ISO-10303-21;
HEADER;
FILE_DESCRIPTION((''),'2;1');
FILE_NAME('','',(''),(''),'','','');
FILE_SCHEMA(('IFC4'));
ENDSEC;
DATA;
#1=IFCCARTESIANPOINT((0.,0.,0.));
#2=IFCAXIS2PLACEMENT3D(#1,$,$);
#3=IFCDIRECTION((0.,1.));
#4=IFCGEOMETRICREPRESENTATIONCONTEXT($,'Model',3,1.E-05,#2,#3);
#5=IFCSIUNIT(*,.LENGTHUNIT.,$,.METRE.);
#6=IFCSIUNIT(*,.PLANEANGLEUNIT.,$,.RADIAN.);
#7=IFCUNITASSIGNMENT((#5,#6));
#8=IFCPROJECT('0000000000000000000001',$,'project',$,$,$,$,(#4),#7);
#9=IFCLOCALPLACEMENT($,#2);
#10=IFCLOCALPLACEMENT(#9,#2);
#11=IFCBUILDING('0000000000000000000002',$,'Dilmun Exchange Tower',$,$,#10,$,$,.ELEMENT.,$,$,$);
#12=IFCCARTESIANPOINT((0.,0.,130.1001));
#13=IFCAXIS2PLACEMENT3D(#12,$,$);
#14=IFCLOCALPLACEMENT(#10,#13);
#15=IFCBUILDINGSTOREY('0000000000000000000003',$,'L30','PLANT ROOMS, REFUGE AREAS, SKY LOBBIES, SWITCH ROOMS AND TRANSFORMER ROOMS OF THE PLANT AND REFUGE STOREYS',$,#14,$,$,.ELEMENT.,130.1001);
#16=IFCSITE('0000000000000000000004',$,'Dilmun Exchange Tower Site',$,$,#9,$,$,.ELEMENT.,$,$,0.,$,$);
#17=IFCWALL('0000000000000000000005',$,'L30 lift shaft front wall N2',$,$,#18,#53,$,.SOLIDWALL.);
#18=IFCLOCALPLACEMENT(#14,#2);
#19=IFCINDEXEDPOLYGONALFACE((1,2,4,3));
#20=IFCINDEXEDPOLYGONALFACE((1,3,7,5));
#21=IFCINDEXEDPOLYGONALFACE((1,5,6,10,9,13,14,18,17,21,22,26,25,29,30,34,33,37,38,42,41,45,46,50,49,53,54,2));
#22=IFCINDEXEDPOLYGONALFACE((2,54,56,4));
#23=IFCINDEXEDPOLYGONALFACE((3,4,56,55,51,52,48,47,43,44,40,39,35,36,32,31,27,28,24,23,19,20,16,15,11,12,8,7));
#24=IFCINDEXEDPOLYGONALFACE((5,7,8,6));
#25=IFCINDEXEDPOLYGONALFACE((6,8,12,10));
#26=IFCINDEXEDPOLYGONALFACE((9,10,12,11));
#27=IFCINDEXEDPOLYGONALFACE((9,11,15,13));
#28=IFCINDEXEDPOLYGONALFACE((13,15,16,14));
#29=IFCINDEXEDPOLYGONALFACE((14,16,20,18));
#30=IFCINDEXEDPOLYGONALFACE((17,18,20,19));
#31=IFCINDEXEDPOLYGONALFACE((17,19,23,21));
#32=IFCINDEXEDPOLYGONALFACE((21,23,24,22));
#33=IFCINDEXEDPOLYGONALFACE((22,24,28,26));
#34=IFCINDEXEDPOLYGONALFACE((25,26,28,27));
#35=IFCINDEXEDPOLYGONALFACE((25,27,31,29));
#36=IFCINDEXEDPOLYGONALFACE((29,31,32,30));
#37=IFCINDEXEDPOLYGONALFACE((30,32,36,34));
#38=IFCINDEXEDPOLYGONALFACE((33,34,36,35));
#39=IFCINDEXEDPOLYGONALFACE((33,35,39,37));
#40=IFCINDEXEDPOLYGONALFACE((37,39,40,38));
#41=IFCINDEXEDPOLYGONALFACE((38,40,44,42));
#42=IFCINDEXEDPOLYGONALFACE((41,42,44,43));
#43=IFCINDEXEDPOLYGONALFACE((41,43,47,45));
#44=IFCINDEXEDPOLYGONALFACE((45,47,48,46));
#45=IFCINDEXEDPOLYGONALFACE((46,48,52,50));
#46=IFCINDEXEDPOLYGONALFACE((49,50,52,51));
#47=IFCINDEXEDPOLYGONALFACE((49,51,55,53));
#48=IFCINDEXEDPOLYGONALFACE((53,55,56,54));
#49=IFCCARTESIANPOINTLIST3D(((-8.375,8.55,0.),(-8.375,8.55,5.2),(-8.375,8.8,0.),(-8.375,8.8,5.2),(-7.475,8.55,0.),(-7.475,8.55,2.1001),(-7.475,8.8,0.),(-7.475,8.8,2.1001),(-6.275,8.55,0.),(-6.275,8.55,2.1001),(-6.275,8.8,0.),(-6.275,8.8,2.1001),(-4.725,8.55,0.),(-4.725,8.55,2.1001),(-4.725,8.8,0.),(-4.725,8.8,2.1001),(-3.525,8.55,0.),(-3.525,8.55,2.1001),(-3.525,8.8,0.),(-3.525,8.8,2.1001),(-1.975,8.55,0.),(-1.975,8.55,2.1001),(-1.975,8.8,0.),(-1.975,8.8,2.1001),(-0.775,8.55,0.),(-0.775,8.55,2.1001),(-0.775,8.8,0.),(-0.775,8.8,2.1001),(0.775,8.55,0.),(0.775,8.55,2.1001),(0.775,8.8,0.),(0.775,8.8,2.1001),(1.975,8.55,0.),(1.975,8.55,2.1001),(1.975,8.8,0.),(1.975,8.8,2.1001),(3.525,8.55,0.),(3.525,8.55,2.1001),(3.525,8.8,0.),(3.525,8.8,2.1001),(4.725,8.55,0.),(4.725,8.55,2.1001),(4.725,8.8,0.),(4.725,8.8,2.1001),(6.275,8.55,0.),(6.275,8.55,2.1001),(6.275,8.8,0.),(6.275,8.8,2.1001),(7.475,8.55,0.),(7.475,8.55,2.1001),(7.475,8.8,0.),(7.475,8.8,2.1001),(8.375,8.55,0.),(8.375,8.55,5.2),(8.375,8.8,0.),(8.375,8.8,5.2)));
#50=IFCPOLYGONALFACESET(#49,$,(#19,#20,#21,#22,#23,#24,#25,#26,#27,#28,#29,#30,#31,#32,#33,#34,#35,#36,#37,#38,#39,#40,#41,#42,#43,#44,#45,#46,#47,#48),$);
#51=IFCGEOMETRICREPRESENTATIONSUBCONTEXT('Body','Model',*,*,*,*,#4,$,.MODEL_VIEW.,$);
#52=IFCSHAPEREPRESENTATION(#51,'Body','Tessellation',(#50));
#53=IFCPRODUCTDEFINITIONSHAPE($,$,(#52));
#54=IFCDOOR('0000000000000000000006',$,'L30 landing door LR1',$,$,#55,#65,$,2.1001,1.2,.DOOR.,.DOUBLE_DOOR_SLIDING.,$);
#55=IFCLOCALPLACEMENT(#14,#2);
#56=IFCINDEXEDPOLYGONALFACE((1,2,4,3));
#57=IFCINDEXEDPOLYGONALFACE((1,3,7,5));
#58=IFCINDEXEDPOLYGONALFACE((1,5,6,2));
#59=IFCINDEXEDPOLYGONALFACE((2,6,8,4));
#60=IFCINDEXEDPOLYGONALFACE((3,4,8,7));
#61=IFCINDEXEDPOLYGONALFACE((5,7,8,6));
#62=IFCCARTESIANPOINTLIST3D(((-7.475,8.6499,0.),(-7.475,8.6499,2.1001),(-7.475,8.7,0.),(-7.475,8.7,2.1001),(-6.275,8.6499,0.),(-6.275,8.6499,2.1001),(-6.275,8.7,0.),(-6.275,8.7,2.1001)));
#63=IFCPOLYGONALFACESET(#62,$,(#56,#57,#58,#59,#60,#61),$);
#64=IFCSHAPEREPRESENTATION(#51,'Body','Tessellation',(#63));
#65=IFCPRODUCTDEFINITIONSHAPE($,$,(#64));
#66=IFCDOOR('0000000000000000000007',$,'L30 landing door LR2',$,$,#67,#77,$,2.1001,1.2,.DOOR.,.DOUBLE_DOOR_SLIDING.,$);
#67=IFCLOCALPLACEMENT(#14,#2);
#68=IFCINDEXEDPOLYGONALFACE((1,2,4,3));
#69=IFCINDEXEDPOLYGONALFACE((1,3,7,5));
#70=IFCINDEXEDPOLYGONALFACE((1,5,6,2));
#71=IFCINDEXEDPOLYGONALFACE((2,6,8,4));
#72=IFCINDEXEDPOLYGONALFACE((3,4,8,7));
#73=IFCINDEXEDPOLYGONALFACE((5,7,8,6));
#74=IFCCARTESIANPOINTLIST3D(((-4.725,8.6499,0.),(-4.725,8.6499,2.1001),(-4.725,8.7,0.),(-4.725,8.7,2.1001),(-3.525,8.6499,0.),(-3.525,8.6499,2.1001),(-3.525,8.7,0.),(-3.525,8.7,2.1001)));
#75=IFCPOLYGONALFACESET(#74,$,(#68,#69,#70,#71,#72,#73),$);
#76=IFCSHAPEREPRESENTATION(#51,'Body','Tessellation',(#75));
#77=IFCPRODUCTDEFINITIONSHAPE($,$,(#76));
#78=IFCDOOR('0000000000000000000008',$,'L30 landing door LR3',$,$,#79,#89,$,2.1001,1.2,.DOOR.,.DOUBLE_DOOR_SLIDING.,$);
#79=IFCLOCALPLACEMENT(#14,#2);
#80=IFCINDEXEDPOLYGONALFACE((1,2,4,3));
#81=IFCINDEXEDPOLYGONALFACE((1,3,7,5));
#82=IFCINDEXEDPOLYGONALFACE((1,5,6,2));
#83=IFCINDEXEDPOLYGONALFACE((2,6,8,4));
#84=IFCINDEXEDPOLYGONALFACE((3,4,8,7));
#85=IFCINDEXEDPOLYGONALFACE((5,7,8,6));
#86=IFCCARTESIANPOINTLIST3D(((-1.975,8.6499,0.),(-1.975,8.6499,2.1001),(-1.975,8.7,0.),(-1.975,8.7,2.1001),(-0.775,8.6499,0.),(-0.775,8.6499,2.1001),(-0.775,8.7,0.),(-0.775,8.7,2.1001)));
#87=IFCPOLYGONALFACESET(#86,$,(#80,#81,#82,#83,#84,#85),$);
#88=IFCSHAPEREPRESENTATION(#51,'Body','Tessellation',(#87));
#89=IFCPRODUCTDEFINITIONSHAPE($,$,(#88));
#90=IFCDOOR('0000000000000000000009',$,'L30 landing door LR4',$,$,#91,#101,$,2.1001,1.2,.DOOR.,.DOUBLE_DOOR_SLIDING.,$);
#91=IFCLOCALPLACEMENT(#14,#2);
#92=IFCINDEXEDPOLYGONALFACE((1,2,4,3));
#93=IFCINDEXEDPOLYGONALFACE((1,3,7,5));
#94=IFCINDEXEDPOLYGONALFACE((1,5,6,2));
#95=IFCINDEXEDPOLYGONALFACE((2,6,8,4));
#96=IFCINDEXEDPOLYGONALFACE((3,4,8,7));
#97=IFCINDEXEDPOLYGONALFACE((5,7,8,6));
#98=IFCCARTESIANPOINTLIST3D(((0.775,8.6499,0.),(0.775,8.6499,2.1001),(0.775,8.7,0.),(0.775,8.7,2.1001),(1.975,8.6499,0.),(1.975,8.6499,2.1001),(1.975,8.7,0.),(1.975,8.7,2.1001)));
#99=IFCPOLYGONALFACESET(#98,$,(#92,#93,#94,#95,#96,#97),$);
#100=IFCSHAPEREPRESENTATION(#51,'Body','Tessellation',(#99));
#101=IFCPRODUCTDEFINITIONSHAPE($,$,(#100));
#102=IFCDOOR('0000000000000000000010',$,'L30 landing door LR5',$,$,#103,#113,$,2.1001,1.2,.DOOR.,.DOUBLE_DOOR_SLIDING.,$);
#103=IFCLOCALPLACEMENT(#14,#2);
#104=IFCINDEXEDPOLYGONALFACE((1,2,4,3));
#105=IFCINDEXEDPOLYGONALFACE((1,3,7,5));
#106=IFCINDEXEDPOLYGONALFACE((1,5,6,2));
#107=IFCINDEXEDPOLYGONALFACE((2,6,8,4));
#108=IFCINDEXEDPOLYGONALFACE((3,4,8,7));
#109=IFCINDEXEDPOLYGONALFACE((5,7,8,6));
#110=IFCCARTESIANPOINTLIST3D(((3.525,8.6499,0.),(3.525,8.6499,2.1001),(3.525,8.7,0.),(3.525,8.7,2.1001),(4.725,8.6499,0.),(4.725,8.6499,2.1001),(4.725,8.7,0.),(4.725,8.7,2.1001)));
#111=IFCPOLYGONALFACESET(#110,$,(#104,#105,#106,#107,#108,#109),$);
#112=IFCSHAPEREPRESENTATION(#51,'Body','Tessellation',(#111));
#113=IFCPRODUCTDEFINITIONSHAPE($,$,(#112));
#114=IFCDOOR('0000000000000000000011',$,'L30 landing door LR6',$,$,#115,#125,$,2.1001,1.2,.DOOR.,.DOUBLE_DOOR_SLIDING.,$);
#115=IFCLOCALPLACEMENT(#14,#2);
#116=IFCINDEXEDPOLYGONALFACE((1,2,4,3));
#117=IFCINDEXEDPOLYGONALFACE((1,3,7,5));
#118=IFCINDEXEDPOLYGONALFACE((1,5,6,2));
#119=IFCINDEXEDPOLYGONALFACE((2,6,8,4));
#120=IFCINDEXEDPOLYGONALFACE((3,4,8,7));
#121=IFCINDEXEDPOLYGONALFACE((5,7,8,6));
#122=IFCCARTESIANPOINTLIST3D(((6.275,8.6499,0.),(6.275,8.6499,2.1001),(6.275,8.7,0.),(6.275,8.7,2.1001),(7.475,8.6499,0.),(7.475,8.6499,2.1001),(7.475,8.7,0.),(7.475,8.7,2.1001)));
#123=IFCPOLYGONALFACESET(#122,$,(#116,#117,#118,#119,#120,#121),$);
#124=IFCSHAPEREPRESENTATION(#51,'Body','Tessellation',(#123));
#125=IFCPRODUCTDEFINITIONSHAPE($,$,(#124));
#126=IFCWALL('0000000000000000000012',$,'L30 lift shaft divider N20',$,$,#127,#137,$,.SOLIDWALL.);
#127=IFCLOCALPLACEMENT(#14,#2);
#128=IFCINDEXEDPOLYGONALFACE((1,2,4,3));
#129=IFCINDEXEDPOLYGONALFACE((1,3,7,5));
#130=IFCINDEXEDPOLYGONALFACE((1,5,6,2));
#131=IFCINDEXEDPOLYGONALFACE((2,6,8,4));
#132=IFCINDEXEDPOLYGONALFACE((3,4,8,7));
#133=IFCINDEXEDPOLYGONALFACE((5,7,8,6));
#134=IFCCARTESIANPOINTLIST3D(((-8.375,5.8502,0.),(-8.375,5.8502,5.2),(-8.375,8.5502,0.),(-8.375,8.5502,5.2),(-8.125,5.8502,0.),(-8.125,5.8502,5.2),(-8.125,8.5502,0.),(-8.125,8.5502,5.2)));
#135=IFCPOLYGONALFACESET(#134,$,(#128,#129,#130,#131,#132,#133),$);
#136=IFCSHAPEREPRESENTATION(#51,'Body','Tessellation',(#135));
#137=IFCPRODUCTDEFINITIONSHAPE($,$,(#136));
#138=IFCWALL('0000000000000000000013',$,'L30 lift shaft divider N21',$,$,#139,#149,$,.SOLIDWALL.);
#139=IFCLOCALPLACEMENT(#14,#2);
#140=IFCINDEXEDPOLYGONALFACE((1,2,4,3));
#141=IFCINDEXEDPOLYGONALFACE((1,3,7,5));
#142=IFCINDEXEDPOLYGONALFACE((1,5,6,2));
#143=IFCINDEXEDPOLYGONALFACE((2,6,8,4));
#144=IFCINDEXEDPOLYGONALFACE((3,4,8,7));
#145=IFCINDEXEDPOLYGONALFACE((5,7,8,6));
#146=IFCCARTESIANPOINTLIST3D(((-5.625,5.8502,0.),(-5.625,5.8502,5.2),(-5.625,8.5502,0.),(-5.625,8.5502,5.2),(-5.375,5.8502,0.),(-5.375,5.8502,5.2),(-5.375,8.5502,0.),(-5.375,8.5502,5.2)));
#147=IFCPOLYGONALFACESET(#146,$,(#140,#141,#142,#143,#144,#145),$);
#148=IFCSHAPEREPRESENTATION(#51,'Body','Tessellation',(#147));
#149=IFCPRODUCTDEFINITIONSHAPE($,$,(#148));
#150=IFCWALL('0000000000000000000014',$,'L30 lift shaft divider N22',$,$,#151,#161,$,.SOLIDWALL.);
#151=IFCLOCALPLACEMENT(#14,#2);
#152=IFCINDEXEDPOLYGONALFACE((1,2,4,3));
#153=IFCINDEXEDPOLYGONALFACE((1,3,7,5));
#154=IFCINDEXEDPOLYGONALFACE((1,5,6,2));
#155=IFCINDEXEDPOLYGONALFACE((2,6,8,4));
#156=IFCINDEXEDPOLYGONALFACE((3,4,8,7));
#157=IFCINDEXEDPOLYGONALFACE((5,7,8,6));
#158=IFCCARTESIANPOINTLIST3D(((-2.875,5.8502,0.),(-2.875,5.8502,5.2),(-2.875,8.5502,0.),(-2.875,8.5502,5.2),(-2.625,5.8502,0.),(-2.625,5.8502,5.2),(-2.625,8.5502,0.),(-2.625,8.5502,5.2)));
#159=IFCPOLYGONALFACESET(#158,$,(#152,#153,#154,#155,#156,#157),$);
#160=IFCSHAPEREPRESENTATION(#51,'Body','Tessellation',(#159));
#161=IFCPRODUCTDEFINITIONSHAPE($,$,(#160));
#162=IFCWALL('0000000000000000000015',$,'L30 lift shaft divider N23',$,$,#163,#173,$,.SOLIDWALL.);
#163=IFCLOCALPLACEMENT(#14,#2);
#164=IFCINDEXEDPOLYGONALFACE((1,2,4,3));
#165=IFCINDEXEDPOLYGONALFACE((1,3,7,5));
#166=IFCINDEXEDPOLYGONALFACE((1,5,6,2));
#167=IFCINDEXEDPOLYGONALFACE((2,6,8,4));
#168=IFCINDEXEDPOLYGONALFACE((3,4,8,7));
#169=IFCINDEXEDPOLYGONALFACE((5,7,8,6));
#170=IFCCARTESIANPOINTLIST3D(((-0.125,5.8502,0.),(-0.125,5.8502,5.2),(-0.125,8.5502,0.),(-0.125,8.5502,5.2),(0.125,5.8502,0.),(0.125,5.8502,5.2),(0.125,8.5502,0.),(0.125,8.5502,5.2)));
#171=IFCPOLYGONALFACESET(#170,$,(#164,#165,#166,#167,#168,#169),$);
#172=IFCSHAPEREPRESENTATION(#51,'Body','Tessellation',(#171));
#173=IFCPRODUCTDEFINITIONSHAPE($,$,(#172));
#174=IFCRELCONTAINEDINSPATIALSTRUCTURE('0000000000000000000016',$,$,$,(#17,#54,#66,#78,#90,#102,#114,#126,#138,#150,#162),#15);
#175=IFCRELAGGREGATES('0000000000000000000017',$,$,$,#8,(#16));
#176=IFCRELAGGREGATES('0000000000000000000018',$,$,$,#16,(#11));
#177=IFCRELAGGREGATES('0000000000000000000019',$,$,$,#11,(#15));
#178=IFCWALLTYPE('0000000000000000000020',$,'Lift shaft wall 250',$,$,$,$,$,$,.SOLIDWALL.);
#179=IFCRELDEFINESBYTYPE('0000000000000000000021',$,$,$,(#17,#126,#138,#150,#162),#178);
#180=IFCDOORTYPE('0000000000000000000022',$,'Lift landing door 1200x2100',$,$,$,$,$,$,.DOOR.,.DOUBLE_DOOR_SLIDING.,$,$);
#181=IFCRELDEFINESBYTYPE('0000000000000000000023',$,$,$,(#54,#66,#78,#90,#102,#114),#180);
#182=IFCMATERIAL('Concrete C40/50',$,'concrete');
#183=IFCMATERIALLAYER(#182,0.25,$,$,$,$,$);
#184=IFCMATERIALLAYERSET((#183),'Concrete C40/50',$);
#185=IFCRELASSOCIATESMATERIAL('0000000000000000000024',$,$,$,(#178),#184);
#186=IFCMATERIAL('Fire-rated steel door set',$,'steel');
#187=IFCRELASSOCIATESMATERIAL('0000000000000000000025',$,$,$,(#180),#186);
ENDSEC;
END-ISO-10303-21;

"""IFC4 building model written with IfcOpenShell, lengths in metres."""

from ifc_helpers import new_model, si_unit, direction, frame, frame_2d, origin, place, context, subcontext, project, spatial, rectangle, extrude, material, layer, layer_set, type_object, element, fill, save


model = new_model("IFC4")

# Units and contexts
model_context = context("Model", 3, precision=1e-05, world=origin(), true_north=direction((0.0, 1.0)))
body_context = subcontext(model_context, "Body", "Model", "MODEL_VIEW")
ifc_project = project(units=[si_unit("LENGTHUNIT", "METRE"), si_unit("PLANEANGLEUNIT", "RADIAN")], contexts=[model_context])

# Site, building, storey
site_placement = place(None, origin())
site = spatial("IfcSite", under=ifc_project, at=site_placement, Name="Dilmun Exchange Tower Site", CompositionType="ELEMENT", RefElevation=0.0)
building_placement = place(site_placement, origin())
building = spatial("IfcBuilding", under=site, at=building_placement, Name="Dilmun Exchange Tower", CompositionType="ELEMENT")
storey_placement = place(building_placement, frame((0.0, 0.0, 130.1001)))
storey = spatial("IfcBuildingStorey", under=building, at=storey_placement, Name="L30", Description="PLANT ROOMS, REFUGE AREAS, SKY LOBBIES, SWITCH ROOMS AND TRANSFORMER ROOMS OF THE PLANT AND REFUGE STOREYS", CompositionType="ELEMENT", Elevation=130.1001)

# Shared definitions
ifc_material_1 = material(Name="Concrete C40/50", Category="concrete")
ifc_material_2 = material(Name="Fire-rated steel door set", Category="steel")

# Wall, openings, doors
ifc_layer_1 = layer(ifc_material_1, 0.25)
ifc_layer_set_1 = layer_set([ifc_layer_1], Name="Concrete C40/50")
wall_type_1 = type_object("IfcWallType", Name="Lift shaft wall 250", PredefinedType="SOLIDWALL", material=ifc_layer_set_1)
wall_1_placement = place(storey_placement, frame((-8.375, 8.675, 0.0), z_axis=(0.0, 0.0, 1.0), x_axis=(1.0, 0.0, 0.0)))
wall_1 = element("IfcWall", 1, at=wall_1_placement, inside=storey, type_object=wall_type_1, Name="L30 lift shaft front wall N2", PredefinedType="SOLIDWALL", context=body_context, shape_type="SweptSolid", body=[
    extrude(rectangle(XDim=16.75, YDim=0.25, at=frame_2d((8.375, 0.0))), origin(), (0.0, 0.0, 1.0), 5.2),
])
opening_1_placement = place(wall_1_placement, frame((0.8999, 0.0, 0.0)))
opening_1 = element("IfcOpeningElement", 2, at=opening_1_placement, cuts=wall_1, PredefinedType="OPENING", context=body_context, shape_type="SweptSolid", body=[
    extrude(rectangle(XDim=1.2, YDim=2.1001, at=frame_2d((0.6001, 1.05))), frame((0.0, 0.135, 0.0), z_axis=(0.0, -1.0, 0.0), x_axis=(1.0, 0.0, 0.0)), (0.0, 0.0, 1.0), 0.27),
])
opening_2_placement = place(wall_1_placement, frame((3.6499, 0.0, 0.0)))
opening_2 = element("IfcOpeningElement", 3, at=opening_2_placement, cuts=wall_1, PredefinedType="OPENING", context=body_context, shape_type="SweptSolid", body=[
    extrude(rectangle(XDim=1.2, YDim=2.1001, at=frame_2d((0.6001, 1.05))), frame((0.0, 0.135, 0.0), z_axis=(0.0, -1.0, 0.0), x_axis=(1.0, 0.0, 0.0)), (0.0, 0.0, 1.0), 0.27),
])
opening_3_placement = place(wall_1_placement, frame((6.3999, 0.0, 0.0)))
opening_3 = element("IfcOpeningElement", 4, at=opening_3_placement, cuts=wall_1, PredefinedType="OPENING", context=body_context, shape_type="SweptSolid", body=[
    extrude(rectangle(XDim=1.2, YDim=2.1001, at=frame_2d((0.6001, 1.05))), frame((0.0, 0.135, 0.0), z_axis=(0.0, -1.0, 0.0), x_axis=(1.0, 0.0, 0.0)), (0.0, 0.0, 1.0), 0.27),
])
opening_4_placement = place(wall_1_placement, frame((9.1499, 0.0, 0.0)))
opening_4 = element("IfcOpeningElement", 5, at=opening_4_placement, cuts=wall_1, PredefinedType="OPENING", context=body_context, shape_type="SweptSolid", body=[
    extrude(rectangle(XDim=1.2, YDim=2.1001, at=frame_2d((0.6001, 1.05))), frame((0.0, 0.135, 0.0), z_axis=(0.0, -1.0, 0.0), x_axis=(1.0, 0.0, 0.0)), (0.0, 0.0, 1.0), 0.27),
])
opening_5_placement = place(wall_1_placement, frame((11.8999, 0.0, 0.0)))
opening_5 = element("IfcOpeningElement", 6, at=opening_5_placement, cuts=wall_1, PredefinedType="OPENING", context=body_context, shape_type="SweptSolid", body=[
    extrude(rectangle(XDim=1.2, YDim=2.1001, at=frame_2d((0.6001, 1.05))), frame((0.0, 0.135, 0.0), z_axis=(0.0, -1.0, 0.0), x_axis=(1.0, 0.0, 0.0)), (0.0, 0.0, 1.0), 0.27),
])
opening_6_placement = place(wall_1_placement, frame((14.6499, 0.0, 0.0)))
opening_6 = element("IfcOpeningElement", 7, at=opening_6_placement, cuts=wall_1, PredefinedType="OPENING", context=body_context, shape_type="SweptSolid", body=[
    extrude(rectangle(XDim=1.2, YDim=2.1001, at=frame_2d((0.6001, 1.05))), frame((0.0, 0.135, 0.0), z_axis=(0.0, -1.0, 0.0), x_axis=(1.0, 0.0, 0.0)), (0.0, 0.0, 1.0), 0.27),
])
door_type_1 = type_object("IfcDoorType", Name="Lift landing door 1200x2100", OperationType="DOUBLE_DOOR_SLIDING", PredefinedType="DOOR", material=ifc_material_2)
door_1_placement = place(opening_1_placement, origin())
door_1 = element("IfcDoor", 8, at=door_1_placement, inside=storey, type_object=door_type_1, Name="L30 landing door LR1", OperationType="DOUBLE_DOOR_SLIDING", OverallHeight=2.1001, OverallWidth=1.2, PredefinedType="DOOR", context=body_context, shape_type="SweptSolid", body=[
    extrude(rectangle(XDim=1.2, YDim=2.1001, at=frame_2d((0.6001, 1.05))), frame((0.0, 0.0249, 0.0), z_axis=(0.0, -1.0, 0.0), x_axis=(1.0, 0.0, 0.0)), (0.0, 0.0, 1.0), 0.05),
])
fill(opening_1, door_1)
door_2_placement = place(opening_2_placement, origin())
door_2 = element("IfcDoor", 9, at=door_2_placement, inside=storey, type_object=door_type_1, Name="L30 landing door LR2", OperationType="DOUBLE_DOOR_SLIDING", OverallHeight=2.1001, OverallWidth=1.2, PredefinedType="DOOR", context=body_context, shape_type="SweptSolid", body=[
    extrude(rectangle(XDim=1.2, YDim=2.1001, at=frame_2d((0.6001, 1.05))), frame((0.0, 0.0249, 0.0), z_axis=(0.0, -1.0, 0.0), x_axis=(1.0, 0.0, 0.0)), (0.0, 0.0, 1.0), 0.05),
])
fill(opening_2, door_2)
door_3_placement = place(opening_3_placement, origin())
door_3 = element("IfcDoor", 10, at=door_3_placement, inside=storey, type_object=door_type_1, Name="L30 landing door LR3", OperationType="DOUBLE_DOOR_SLIDING", OverallHeight=2.1001, OverallWidth=1.2, PredefinedType="DOOR", context=body_context, shape_type="SweptSolid", body=[
    extrude(rectangle(XDim=1.2, YDim=2.1001, at=frame_2d((0.6001, 1.05))), frame((0.0, 0.0249, 0.0), z_axis=(0.0, -1.0, 0.0), x_axis=(1.0, 0.0, 0.0)), (0.0, 0.0, 1.0), 0.05),
])
fill(opening_3, door_3)
door_4_placement = place(opening_4_placement, origin())
door_4 = element("IfcDoor", 11, at=door_4_placement, inside=storey, type_object=door_type_1, Name="L30 landing door LR4", OperationType="DOUBLE_DOOR_SLIDING", OverallHeight=2.1001, OverallWidth=1.2, PredefinedType="DOOR", context=body_context, shape_type="SweptSolid", body=[
    extrude(rectangle(XDim=1.2, YDim=2.1001, at=frame_2d((0.6001, 1.05))), frame((0.0, 0.0249, 0.0), z_axis=(0.0, -1.0, 0.0), x_axis=(1.0, 0.0, 0.0)), (0.0, 0.0, 1.0), 0.05),
])
fill(opening_4, door_4)
door_5_placement = place(opening_5_placement, origin())
door_5 = element("IfcDoor", 12, at=door_5_placement, inside=storey, type_object=door_type_1, Name="L30 landing door LR5", OperationType="DOUBLE_DOOR_SLIDING", OverallHeight=2.1001, OverallWidth=1.2, PredefinedType="DOOR", context=body_context, shape_type="SweptSolid", body=[
    extrude(rectangle(XDim=1.2, YDim=2.1001, at=frame_2d((0.6001, 1.05))), frame((0.0, 0.0249, 0.0), z_axis=(0.0, -1.0, 0.0), x_axis=(1.0, 0.0, 0.0)), (0.0, 0.0, 1.0), 0.05),
])
fill(opening_5, door_5)
door_6_placement = place(opening_6_placement, origin())
door_6 = element("IfcDoor", 13, at=door_6_placement, inside=storey, type_object=door_type_1, Name="L30 landing door LR6", OperationType="DOUBLE_DOOR_SLIDING", OverallHeight=2.1001, OverallWidth=1.2, PredefinedType="DOOR", context=body_context, shape_type="SweptSolid", body=[
    extrude(rectangle(XDim=1.2, YDim=2.1001, at=frame_2d((0.6001, 1.05))), frame((0.0, 0.0249, 0.0), z_axis=(0.0, -1.0, 0.0), x_axis=(1.0, 0.0, 0.0)), (0.0, 0.0, 1.0), 0.05),
])
fill(opening_6, door_6)

# Walls
for number, where, z_axis, x_axis, name in (
    (14, (-8.25, 5.8501, 0.0), (0.0, 0.0, 1.0), (0.0, 1.0, 0.0), "L30 lift shaft divider N20"),
    (15, (-5.5, 5.8501, 0.0), (0.0, 0.0, 1.0), (0.0, 1.0, 0.0), "L30 lift shaft divider N21"),
    (16, (-2.75, 5.8501, 0.0), (0.0, 0.0, 1.0), (0.0, 1.0, 0.0), "L30 lift shaft divider N22"),
    (17, (0.0, 5.8501, 0.0), (0.0, 0.0, 1.0), (0.0, 1.0, 0.0), "L30 lift shaft divider N23"),
):
    element("IfcWall", number, at=place(storey_placement, frame(where, z_axis=z_axis, x_axis=x_axis)), inside=storey, type_object=wall_type_1, Name=name, PredefinedType="SOLIDWALL", context=body_context, shape_type="SweptSolid", body=[
        extrude(rectangle(XDim=2.7, YDim=0.25, at=frame_2d((1.3501, 0.0))), origin(), (0.0, 0.0, 1.0), 5.2),
    ])

save(model, "model.ifc")
